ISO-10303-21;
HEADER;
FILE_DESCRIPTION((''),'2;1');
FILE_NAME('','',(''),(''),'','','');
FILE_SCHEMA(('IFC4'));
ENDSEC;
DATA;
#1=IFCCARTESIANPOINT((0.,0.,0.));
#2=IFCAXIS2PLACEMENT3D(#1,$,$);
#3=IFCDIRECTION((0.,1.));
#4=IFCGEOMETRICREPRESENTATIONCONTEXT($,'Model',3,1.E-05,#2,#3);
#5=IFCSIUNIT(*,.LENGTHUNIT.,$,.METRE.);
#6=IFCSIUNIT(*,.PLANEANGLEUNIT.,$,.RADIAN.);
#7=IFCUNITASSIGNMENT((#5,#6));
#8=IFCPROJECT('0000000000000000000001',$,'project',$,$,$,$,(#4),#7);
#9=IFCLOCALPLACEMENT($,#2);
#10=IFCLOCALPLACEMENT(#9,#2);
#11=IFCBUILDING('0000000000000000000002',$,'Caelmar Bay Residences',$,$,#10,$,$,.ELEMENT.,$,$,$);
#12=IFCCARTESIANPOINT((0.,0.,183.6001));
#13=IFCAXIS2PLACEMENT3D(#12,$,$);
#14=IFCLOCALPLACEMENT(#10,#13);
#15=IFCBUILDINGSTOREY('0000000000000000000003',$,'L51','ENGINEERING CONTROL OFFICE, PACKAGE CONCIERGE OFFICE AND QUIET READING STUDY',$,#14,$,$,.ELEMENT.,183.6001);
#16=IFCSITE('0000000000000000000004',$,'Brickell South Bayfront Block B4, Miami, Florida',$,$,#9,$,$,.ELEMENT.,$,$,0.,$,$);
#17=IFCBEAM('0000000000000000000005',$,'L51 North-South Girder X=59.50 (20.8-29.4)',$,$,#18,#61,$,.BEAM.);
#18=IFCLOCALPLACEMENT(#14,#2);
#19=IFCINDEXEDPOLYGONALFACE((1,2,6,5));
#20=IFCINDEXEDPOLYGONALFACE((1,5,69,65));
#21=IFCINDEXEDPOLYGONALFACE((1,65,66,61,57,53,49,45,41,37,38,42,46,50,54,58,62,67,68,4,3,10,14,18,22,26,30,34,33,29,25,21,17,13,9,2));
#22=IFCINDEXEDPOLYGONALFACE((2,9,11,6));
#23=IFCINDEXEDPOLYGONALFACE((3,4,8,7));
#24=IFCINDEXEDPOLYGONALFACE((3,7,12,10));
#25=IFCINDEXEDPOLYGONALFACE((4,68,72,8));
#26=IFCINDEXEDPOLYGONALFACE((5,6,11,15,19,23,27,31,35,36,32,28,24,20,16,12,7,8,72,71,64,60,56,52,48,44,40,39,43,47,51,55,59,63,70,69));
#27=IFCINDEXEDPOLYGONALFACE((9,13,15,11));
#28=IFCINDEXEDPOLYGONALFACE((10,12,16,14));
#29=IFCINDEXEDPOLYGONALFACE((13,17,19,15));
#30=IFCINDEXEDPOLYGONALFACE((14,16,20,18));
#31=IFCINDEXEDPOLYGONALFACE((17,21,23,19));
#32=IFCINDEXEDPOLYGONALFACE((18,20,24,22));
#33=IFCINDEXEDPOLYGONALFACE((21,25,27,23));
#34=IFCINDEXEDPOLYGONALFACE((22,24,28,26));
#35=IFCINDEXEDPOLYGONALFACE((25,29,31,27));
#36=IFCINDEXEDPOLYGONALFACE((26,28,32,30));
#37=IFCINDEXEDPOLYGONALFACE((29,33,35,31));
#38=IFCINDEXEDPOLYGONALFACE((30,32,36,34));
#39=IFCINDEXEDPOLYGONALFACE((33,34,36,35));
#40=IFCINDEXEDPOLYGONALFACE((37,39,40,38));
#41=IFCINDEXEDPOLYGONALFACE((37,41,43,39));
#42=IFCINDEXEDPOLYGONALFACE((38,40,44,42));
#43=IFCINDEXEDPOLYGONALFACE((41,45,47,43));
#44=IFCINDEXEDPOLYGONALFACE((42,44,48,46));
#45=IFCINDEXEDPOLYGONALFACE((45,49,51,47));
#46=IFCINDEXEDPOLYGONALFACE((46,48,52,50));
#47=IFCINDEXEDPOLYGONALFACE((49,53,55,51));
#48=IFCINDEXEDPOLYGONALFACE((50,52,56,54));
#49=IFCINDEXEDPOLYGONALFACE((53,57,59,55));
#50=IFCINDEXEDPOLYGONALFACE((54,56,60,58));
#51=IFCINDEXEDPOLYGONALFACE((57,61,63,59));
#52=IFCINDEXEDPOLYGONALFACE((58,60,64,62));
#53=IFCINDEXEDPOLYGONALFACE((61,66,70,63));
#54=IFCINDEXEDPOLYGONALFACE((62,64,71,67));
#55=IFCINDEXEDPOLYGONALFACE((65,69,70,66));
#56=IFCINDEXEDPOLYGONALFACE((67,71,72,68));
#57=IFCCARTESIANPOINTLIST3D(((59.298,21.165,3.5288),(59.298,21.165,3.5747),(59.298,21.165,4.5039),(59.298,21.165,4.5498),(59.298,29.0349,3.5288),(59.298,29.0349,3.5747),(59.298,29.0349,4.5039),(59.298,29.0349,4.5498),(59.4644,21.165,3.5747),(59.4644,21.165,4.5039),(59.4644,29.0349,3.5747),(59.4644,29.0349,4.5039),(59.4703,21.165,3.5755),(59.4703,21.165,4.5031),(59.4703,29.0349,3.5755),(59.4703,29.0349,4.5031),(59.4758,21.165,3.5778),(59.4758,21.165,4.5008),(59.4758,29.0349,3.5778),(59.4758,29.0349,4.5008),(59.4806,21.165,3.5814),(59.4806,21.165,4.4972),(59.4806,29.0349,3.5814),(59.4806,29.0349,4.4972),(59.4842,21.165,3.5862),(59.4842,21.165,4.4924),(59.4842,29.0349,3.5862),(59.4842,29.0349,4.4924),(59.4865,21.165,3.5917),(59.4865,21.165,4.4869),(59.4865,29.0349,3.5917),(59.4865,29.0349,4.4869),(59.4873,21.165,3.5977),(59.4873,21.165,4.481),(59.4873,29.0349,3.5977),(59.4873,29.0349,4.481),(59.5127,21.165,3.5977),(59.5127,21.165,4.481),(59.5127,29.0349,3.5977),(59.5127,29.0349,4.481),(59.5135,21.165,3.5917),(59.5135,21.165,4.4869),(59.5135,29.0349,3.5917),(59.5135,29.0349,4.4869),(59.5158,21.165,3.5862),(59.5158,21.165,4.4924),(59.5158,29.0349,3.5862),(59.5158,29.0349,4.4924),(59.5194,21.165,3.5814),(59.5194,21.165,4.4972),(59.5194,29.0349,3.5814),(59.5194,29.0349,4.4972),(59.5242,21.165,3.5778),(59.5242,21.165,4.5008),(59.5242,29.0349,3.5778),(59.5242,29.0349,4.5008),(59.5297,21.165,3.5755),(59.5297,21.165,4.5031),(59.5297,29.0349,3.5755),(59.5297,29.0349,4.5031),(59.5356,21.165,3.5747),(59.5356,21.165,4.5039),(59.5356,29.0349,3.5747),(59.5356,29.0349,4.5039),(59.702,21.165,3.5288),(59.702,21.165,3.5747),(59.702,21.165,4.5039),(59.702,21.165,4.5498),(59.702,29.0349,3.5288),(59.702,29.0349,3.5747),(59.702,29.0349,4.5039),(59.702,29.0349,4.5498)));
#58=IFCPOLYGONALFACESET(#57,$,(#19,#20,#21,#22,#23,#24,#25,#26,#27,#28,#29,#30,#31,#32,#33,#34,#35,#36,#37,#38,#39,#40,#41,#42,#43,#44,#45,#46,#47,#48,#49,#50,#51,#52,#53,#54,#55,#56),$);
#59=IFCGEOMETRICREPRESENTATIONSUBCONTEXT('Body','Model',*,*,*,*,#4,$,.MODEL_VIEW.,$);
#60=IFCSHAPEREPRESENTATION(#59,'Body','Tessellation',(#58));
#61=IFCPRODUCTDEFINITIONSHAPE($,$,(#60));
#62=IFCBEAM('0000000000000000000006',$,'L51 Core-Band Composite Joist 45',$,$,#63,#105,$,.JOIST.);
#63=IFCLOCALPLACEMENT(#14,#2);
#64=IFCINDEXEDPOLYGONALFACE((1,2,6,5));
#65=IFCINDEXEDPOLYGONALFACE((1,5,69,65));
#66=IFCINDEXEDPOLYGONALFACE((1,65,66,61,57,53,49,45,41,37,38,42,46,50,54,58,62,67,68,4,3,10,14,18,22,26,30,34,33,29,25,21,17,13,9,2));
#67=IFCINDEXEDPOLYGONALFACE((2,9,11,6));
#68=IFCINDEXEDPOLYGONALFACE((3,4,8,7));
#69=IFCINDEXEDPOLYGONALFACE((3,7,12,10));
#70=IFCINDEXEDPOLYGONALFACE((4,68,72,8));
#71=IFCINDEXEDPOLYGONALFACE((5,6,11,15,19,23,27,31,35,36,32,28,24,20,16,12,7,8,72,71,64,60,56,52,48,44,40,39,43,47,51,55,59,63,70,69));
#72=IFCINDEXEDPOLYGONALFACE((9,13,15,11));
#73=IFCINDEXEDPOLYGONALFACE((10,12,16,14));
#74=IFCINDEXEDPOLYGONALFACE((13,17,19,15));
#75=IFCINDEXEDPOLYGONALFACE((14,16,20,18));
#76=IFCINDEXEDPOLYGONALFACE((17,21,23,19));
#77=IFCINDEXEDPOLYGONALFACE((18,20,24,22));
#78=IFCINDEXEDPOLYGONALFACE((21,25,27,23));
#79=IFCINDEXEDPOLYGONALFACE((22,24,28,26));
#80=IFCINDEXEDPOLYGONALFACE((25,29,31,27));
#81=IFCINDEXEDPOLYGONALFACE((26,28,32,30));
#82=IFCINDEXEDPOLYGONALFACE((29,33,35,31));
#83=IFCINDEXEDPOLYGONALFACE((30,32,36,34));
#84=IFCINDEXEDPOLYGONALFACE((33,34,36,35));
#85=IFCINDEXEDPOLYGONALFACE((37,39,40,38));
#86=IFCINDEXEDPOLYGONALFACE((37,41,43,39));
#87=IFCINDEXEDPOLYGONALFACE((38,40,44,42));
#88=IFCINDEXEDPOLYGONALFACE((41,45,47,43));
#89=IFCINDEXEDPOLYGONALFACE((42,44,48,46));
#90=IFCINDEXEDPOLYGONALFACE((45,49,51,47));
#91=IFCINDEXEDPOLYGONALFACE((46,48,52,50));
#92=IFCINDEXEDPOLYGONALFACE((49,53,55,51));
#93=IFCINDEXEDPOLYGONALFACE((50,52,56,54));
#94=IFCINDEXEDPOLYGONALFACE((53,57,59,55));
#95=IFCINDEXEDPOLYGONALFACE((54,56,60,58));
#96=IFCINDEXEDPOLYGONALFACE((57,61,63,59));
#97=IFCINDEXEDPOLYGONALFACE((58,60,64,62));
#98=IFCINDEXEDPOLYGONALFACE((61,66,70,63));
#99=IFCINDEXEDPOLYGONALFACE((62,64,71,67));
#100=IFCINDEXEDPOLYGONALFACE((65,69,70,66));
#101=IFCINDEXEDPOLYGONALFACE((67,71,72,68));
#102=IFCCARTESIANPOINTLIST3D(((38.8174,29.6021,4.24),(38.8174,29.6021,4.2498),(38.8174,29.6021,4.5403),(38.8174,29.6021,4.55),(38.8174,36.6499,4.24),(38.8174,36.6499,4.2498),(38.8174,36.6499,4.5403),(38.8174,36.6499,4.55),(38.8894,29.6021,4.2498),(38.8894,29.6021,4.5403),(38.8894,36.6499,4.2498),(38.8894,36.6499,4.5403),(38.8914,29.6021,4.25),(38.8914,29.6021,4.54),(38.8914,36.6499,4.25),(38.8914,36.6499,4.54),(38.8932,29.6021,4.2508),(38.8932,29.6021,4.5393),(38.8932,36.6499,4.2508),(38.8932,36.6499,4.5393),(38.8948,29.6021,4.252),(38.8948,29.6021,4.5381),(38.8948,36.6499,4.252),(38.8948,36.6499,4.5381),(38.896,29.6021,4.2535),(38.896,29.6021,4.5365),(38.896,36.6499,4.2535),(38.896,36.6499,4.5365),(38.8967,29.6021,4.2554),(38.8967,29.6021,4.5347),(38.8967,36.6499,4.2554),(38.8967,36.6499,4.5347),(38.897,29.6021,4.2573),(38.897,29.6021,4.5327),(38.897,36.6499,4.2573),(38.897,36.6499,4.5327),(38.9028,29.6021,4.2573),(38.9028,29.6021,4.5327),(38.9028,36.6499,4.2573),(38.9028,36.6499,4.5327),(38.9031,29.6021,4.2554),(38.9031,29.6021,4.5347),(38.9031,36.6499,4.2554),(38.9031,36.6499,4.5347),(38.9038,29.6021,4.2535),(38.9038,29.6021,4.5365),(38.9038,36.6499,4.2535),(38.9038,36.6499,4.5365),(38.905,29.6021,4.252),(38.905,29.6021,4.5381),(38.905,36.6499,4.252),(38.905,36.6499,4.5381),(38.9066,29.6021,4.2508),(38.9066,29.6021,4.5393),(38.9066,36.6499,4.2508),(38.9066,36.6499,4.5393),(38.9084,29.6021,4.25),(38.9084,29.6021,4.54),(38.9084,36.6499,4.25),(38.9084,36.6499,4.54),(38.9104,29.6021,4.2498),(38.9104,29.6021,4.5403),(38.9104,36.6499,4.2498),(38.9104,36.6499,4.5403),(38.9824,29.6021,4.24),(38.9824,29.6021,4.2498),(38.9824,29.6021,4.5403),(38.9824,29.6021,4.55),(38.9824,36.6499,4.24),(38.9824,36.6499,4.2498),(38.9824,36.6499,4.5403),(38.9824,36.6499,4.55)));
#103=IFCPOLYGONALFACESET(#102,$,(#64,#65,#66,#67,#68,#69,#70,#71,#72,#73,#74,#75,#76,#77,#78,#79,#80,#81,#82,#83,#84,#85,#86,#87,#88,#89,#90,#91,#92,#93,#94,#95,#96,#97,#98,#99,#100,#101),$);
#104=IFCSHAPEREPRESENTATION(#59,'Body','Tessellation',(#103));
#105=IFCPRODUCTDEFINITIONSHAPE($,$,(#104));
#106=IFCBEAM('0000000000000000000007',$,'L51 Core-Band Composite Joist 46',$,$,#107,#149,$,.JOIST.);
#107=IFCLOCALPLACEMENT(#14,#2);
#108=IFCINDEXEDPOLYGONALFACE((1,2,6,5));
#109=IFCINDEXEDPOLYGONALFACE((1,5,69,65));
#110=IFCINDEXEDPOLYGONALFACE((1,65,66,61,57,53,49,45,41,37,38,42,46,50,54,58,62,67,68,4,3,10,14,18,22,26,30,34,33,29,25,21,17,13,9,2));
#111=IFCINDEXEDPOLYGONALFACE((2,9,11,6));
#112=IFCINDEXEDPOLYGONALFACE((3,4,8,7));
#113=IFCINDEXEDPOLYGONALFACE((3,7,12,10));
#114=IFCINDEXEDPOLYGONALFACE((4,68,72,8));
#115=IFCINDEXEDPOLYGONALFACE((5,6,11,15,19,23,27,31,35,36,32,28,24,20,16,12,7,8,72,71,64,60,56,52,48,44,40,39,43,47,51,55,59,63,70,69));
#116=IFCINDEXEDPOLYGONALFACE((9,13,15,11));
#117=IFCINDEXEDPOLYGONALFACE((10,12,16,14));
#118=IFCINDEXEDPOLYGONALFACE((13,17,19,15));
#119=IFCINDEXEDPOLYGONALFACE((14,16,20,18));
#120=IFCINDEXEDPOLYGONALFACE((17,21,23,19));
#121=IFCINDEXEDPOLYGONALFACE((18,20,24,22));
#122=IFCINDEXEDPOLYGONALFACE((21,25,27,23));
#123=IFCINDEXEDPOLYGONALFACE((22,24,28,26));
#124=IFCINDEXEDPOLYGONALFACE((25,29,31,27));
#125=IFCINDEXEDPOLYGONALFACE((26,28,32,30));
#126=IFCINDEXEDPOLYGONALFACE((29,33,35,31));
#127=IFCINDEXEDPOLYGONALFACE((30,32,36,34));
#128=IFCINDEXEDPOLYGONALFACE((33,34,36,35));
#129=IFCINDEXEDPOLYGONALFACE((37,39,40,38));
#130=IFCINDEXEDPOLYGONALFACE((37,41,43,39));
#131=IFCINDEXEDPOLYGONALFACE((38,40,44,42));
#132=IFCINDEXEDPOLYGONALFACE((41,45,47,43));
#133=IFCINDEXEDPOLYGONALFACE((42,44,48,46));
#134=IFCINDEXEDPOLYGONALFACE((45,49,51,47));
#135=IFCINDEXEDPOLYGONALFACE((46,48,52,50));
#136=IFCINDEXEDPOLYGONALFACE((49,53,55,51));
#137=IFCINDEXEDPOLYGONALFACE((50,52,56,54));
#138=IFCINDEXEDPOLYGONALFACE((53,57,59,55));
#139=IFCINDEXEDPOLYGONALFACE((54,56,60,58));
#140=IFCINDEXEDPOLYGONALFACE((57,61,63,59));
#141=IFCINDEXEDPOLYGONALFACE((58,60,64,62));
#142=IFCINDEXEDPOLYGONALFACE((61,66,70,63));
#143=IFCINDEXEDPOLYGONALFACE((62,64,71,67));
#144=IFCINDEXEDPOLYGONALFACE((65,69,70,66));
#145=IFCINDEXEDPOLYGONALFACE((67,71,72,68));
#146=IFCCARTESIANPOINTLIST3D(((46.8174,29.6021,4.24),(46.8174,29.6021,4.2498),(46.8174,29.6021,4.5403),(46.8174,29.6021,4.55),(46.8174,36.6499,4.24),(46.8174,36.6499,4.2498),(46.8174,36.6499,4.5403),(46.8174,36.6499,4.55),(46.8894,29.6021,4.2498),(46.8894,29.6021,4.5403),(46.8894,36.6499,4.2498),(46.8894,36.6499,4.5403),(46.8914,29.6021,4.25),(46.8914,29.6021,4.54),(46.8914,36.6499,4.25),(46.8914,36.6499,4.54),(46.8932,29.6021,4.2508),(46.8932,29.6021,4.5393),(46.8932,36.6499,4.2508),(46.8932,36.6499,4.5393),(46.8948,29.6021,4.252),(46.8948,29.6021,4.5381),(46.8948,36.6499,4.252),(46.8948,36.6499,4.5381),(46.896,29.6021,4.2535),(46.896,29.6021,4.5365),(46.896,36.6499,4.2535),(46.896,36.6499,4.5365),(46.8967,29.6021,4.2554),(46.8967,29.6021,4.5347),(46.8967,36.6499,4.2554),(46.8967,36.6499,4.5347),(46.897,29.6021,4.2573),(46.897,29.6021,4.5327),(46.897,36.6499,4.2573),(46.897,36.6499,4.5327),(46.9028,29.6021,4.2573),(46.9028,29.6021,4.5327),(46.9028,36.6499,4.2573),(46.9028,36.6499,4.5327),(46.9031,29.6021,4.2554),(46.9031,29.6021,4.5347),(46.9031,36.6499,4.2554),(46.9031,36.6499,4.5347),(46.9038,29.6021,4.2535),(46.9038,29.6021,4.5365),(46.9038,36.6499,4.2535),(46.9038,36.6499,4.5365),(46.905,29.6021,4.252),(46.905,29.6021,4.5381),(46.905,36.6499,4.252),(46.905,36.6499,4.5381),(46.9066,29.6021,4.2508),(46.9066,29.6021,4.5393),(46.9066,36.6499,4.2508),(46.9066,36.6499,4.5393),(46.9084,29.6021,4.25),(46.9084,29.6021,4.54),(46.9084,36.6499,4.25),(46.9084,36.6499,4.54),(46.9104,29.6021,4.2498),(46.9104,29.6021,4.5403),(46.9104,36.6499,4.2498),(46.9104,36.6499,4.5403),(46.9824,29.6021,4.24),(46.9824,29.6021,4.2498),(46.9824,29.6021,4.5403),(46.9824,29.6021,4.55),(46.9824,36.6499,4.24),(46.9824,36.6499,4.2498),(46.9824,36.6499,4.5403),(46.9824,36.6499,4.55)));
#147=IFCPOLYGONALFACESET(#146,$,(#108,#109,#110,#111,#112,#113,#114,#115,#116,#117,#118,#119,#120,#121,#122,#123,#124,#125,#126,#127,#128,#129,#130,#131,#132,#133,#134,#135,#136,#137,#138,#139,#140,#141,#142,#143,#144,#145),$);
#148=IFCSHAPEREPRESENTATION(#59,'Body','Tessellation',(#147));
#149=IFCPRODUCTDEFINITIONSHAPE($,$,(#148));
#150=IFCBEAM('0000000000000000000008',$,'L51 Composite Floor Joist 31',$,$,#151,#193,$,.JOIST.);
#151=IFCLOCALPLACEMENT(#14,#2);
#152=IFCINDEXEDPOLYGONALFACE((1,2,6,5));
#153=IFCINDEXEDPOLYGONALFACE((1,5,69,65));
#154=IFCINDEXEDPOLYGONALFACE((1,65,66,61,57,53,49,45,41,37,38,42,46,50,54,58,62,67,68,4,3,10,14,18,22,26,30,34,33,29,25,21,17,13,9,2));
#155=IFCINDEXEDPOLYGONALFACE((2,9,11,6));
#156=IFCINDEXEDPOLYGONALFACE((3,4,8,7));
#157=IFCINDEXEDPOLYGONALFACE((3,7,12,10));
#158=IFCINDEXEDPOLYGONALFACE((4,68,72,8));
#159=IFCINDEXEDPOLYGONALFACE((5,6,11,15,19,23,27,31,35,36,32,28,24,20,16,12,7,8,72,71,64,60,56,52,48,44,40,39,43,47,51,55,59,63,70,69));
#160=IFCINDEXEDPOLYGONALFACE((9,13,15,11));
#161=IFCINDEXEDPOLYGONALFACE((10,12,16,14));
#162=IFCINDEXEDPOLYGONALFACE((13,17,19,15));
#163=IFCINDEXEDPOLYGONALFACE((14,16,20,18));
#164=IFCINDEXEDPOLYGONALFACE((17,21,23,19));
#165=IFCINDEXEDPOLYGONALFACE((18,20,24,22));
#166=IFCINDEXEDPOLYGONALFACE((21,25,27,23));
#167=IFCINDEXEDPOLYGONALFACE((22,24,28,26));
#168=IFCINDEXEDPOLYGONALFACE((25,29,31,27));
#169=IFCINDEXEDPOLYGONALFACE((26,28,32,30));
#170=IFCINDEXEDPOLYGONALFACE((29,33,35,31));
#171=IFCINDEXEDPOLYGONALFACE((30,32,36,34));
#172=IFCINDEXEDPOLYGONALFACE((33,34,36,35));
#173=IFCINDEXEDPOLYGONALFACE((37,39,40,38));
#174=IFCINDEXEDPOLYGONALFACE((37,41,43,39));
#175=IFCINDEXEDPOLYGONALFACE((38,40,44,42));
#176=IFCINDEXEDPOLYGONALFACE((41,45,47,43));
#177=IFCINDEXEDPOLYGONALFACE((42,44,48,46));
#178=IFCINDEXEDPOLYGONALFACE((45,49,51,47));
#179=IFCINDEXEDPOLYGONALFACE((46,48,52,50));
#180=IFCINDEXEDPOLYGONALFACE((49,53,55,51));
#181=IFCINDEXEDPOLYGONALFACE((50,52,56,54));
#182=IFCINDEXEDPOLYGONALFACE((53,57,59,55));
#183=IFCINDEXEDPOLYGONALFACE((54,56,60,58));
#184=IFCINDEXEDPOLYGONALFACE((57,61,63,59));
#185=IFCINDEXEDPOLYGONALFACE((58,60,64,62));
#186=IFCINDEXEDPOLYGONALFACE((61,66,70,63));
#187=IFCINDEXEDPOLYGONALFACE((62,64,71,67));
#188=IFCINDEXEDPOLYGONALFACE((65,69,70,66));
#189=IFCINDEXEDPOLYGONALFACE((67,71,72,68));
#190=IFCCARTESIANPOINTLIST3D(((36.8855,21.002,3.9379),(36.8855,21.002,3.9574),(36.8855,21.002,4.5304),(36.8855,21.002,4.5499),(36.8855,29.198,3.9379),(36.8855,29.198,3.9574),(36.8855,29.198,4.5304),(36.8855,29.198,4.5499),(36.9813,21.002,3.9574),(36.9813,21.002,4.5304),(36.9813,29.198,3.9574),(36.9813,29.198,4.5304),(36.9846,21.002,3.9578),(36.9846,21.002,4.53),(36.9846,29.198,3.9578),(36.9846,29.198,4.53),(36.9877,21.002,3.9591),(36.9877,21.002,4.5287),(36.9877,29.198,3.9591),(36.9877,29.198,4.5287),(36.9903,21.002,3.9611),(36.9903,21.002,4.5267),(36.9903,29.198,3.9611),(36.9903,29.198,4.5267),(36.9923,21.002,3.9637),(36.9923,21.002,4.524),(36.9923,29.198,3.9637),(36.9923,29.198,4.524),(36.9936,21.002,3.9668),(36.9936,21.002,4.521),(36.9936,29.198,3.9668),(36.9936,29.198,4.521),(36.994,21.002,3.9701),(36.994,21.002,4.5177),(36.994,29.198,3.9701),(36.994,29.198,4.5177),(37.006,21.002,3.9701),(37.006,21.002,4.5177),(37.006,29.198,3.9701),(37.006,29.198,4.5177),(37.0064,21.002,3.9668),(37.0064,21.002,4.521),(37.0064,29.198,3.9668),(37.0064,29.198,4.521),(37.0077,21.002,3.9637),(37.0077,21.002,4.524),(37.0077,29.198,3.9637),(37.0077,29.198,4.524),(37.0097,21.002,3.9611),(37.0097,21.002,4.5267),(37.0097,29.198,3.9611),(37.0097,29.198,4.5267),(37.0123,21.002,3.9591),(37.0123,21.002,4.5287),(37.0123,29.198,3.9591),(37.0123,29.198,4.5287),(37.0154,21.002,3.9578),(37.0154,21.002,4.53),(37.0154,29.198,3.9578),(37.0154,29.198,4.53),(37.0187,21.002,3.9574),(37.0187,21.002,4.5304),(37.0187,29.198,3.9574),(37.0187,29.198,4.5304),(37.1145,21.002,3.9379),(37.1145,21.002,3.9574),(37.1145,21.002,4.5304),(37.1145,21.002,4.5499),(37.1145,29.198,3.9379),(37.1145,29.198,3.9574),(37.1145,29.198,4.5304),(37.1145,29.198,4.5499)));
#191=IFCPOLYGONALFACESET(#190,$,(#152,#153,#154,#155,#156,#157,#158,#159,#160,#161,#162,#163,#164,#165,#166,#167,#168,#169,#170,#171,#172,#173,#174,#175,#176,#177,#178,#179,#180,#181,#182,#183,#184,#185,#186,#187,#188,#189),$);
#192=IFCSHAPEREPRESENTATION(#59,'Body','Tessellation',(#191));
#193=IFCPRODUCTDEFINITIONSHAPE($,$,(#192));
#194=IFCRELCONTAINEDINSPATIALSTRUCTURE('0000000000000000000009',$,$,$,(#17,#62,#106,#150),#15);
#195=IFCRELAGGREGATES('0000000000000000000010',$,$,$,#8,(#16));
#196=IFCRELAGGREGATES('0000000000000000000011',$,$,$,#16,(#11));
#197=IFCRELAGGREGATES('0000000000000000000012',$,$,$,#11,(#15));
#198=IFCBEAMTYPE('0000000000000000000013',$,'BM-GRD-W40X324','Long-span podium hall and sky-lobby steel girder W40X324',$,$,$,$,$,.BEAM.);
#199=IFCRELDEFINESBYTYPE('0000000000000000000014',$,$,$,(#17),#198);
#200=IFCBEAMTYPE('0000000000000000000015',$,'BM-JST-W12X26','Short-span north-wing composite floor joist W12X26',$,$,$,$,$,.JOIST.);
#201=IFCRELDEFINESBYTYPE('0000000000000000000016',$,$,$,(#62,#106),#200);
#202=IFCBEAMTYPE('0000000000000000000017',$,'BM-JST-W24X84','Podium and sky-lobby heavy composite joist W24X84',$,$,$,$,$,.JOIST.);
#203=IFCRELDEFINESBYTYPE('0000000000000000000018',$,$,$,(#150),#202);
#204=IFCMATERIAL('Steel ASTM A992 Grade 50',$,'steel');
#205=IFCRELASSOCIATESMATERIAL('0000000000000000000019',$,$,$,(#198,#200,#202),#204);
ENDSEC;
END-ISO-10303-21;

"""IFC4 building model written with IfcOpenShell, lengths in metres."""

from ifc_helpers import new_model, si_unit, direction, frame, origin, origin_2d, place, context, subcontext, project, spatial, i_section, extrude, material, material_profile, profile_set, type_object, element, save


model = new_model("IFC4")

# Units and contexts
model_context = context("Model", 3, precision=1e-05, world=origin(), true_north=direction((0.0, 1.0)))
body_context = subcontext(model_context, "Body", "Model", "MODEL_VIEW")
ifc_project = project(units=[si_unit("LENGTHUNIT", "METRE"), si_unit("PLANEANGLEUNIT", "RADIAN")], contexts=[model_context])

# Site, building, storey
site_placement = place(None, origin())
site = spatial("IfcSite", under=ifc_project, at=site_placement, Name="Brickell South Bayfront Block B4, Miami, Florida", CompositionType="ELEMENT", RefElevation=0.0)
building_placement = place(site_placement, origin())
building = spatial("IfcBuilding", under=site, at=building_placement, Name="Caelmar Bay Residences", CompositionType="ELEMENT")
storey_placement = place(building_placement, frame((0.0, 0.0, 183.6001)))
storey = spatial("IfcBuildingStorey", under=building, at=storey_placement, Name="L51", Description="ENGINEERING CONTROL OFFICE, PACKAGE CONCIERGE OFFICE AND QUIET READING STUDY", CompositionType="ELEMENT", Elevation=183.6001)

# Beams
ifc_material_1 = material(Name="Steel ASTM A992 Grade 50", Category="steel")
ifc_material_profile_1 = material_profile(ifc_material_1, i_section(OverallWidth=0.4041, OverallDepth=1.021, WebThickness=0.0254, FlangeThickness=0.0459, FilletRadius=0.0229, at=origin_2d()), Name="W40X324")
ifc_profile_set_1 = profile_set([ifc_material_profile_1], Name="Steel ASTM A992 Grade 50")
beam_type_1 = type_object("IfcBeamType", Name="BM-GRD-W40X324", Description="Long-span podium hall and sky-lobby steel girder W40X324", PredefinedType="BEAM", material=ifc_profile_set_1)
for number, where, z_axis, x_axis, name in (
    (1, (59.5, 21.165, 4.0393), (0.0, 1.0, 0.0), (-1.0, 0.0, 0.0), "L51 North-South Girder X=59.50 (20.8-29.4)"),
):
    element("IfcBeam", number, at=place(storey_placement, frame(where, z_axis=z_axis, x_axis=x_axis)), inside=storey, type_object=beam_type_1, Name=name, PredefinedType="BEAM", context=body_context, shape_type="SweptSolid", body=[
        extrude(i_section(OverallWidth=0.4041, OverallDepth=1.021, WebThickness=0.0254, FlangeThickness=0.0459, FilletRadius=0.0229, at=origin_2d()), origin(), (0.0, 0.0, 1.0), 7.8699),
    ])
ifc_material_profile_2 = material_profile(ifc_material_1, i_section(OverallWidth=0.165, OverallDepth=0.3101, WebThickness=0.0059, FlangeThickness=0.0098, FilletRadius=0.0076, at=origin_2d()), Name="W12X26")
ifc_profile_set_2 = profile_set([ifc_material_profile_2], Name="Steel ASTM A992 Grade 50")
beam_type_2 = type_object("IfcBeamType", Name="BM-JST-W12X26", Description="Short-span north-wing composite floor joist W12X26", PredefinedType="JOIST", material=ifc_profile_set_2)
for number, where, z_axis, x_axis, name in (
    (2, (38.8999, 29.6021, 4.395), (0.0, 1.0, 0.0), (-1.0, 0.0, 0.0), "L51 Core-Band Composite Joist 45"),
    (3, (46.8999, 29.6021, 4.395), (0.0, 1.0, 0.0), (-1.0, 0.0, 0.0), "L51 Core-Band Composite Joist 46"),
):
    element("IfcBeam", number, at=place(storey_placement, frame(where, z_axis=z_axis, x_axis=x_axis)), inside=storey, type_object=beam_type_2, Name=name, PredefinedType="JOIST", context=body_context, shape_type="SweptSolid", body=[
        extrude(i_section(OverallWidth=0.165, OverallDepth=0.3101, WebThickness=0.0059, FlangeThickness=0.0098, FilletRadius=0.0076, at=origin_2d()), origin(), (0.0, 0.0, 1.0), 7.0479),
    ])
ifc_material_profile_3 = material_profile(ifc_material_1, i_section(OverallWidth=0.229, OverallDepth=0.6121, WebThickness=0.012, FlangeThickness=0.0195, FilletRadius=0.0127, at=origin_2d()), Name="W24X84")
ifc_profile_set_3 = profile_set([ifc_material_profile_3], Name="Steel ASTM A992 Grade 50")
beam_type_3 = type_object("IfcBeamType", Name="BM-JST-W24X84", Description="Podium and sky-lobby heavy composite joist W24X84", PredefinedType="JOIST", material=ifc_profile_set_3)
for number, where, z_axis, x_axis, name in (
    (4, (37.0, 21.002, 4.2439), (0.0, 1.0, 0.0), (-1.0, 0.0, 0.0), "L51 Composite Floor Joist 31"),
):
    element("IfcBeam", number, at=place(storey_placement, frame(where, z_axis=z_axis, x_axis=x_axis)), inside=storey, type_object=beam_type_3, Name=name, PredefinedType="JOIST", context=body_context, shape_type="SweptSolid", body=[
        extrude(i_section(OverallWidth=0.229, OverallDepth=0.6121, WebThickness=0.012, FlangeThickness=0.0195, FilletRadius=0.0127, at=origin_2d()), origin(), (0.0, 0.0, 1.0), 8.196),
    ])

save(model, "model.ifc")
